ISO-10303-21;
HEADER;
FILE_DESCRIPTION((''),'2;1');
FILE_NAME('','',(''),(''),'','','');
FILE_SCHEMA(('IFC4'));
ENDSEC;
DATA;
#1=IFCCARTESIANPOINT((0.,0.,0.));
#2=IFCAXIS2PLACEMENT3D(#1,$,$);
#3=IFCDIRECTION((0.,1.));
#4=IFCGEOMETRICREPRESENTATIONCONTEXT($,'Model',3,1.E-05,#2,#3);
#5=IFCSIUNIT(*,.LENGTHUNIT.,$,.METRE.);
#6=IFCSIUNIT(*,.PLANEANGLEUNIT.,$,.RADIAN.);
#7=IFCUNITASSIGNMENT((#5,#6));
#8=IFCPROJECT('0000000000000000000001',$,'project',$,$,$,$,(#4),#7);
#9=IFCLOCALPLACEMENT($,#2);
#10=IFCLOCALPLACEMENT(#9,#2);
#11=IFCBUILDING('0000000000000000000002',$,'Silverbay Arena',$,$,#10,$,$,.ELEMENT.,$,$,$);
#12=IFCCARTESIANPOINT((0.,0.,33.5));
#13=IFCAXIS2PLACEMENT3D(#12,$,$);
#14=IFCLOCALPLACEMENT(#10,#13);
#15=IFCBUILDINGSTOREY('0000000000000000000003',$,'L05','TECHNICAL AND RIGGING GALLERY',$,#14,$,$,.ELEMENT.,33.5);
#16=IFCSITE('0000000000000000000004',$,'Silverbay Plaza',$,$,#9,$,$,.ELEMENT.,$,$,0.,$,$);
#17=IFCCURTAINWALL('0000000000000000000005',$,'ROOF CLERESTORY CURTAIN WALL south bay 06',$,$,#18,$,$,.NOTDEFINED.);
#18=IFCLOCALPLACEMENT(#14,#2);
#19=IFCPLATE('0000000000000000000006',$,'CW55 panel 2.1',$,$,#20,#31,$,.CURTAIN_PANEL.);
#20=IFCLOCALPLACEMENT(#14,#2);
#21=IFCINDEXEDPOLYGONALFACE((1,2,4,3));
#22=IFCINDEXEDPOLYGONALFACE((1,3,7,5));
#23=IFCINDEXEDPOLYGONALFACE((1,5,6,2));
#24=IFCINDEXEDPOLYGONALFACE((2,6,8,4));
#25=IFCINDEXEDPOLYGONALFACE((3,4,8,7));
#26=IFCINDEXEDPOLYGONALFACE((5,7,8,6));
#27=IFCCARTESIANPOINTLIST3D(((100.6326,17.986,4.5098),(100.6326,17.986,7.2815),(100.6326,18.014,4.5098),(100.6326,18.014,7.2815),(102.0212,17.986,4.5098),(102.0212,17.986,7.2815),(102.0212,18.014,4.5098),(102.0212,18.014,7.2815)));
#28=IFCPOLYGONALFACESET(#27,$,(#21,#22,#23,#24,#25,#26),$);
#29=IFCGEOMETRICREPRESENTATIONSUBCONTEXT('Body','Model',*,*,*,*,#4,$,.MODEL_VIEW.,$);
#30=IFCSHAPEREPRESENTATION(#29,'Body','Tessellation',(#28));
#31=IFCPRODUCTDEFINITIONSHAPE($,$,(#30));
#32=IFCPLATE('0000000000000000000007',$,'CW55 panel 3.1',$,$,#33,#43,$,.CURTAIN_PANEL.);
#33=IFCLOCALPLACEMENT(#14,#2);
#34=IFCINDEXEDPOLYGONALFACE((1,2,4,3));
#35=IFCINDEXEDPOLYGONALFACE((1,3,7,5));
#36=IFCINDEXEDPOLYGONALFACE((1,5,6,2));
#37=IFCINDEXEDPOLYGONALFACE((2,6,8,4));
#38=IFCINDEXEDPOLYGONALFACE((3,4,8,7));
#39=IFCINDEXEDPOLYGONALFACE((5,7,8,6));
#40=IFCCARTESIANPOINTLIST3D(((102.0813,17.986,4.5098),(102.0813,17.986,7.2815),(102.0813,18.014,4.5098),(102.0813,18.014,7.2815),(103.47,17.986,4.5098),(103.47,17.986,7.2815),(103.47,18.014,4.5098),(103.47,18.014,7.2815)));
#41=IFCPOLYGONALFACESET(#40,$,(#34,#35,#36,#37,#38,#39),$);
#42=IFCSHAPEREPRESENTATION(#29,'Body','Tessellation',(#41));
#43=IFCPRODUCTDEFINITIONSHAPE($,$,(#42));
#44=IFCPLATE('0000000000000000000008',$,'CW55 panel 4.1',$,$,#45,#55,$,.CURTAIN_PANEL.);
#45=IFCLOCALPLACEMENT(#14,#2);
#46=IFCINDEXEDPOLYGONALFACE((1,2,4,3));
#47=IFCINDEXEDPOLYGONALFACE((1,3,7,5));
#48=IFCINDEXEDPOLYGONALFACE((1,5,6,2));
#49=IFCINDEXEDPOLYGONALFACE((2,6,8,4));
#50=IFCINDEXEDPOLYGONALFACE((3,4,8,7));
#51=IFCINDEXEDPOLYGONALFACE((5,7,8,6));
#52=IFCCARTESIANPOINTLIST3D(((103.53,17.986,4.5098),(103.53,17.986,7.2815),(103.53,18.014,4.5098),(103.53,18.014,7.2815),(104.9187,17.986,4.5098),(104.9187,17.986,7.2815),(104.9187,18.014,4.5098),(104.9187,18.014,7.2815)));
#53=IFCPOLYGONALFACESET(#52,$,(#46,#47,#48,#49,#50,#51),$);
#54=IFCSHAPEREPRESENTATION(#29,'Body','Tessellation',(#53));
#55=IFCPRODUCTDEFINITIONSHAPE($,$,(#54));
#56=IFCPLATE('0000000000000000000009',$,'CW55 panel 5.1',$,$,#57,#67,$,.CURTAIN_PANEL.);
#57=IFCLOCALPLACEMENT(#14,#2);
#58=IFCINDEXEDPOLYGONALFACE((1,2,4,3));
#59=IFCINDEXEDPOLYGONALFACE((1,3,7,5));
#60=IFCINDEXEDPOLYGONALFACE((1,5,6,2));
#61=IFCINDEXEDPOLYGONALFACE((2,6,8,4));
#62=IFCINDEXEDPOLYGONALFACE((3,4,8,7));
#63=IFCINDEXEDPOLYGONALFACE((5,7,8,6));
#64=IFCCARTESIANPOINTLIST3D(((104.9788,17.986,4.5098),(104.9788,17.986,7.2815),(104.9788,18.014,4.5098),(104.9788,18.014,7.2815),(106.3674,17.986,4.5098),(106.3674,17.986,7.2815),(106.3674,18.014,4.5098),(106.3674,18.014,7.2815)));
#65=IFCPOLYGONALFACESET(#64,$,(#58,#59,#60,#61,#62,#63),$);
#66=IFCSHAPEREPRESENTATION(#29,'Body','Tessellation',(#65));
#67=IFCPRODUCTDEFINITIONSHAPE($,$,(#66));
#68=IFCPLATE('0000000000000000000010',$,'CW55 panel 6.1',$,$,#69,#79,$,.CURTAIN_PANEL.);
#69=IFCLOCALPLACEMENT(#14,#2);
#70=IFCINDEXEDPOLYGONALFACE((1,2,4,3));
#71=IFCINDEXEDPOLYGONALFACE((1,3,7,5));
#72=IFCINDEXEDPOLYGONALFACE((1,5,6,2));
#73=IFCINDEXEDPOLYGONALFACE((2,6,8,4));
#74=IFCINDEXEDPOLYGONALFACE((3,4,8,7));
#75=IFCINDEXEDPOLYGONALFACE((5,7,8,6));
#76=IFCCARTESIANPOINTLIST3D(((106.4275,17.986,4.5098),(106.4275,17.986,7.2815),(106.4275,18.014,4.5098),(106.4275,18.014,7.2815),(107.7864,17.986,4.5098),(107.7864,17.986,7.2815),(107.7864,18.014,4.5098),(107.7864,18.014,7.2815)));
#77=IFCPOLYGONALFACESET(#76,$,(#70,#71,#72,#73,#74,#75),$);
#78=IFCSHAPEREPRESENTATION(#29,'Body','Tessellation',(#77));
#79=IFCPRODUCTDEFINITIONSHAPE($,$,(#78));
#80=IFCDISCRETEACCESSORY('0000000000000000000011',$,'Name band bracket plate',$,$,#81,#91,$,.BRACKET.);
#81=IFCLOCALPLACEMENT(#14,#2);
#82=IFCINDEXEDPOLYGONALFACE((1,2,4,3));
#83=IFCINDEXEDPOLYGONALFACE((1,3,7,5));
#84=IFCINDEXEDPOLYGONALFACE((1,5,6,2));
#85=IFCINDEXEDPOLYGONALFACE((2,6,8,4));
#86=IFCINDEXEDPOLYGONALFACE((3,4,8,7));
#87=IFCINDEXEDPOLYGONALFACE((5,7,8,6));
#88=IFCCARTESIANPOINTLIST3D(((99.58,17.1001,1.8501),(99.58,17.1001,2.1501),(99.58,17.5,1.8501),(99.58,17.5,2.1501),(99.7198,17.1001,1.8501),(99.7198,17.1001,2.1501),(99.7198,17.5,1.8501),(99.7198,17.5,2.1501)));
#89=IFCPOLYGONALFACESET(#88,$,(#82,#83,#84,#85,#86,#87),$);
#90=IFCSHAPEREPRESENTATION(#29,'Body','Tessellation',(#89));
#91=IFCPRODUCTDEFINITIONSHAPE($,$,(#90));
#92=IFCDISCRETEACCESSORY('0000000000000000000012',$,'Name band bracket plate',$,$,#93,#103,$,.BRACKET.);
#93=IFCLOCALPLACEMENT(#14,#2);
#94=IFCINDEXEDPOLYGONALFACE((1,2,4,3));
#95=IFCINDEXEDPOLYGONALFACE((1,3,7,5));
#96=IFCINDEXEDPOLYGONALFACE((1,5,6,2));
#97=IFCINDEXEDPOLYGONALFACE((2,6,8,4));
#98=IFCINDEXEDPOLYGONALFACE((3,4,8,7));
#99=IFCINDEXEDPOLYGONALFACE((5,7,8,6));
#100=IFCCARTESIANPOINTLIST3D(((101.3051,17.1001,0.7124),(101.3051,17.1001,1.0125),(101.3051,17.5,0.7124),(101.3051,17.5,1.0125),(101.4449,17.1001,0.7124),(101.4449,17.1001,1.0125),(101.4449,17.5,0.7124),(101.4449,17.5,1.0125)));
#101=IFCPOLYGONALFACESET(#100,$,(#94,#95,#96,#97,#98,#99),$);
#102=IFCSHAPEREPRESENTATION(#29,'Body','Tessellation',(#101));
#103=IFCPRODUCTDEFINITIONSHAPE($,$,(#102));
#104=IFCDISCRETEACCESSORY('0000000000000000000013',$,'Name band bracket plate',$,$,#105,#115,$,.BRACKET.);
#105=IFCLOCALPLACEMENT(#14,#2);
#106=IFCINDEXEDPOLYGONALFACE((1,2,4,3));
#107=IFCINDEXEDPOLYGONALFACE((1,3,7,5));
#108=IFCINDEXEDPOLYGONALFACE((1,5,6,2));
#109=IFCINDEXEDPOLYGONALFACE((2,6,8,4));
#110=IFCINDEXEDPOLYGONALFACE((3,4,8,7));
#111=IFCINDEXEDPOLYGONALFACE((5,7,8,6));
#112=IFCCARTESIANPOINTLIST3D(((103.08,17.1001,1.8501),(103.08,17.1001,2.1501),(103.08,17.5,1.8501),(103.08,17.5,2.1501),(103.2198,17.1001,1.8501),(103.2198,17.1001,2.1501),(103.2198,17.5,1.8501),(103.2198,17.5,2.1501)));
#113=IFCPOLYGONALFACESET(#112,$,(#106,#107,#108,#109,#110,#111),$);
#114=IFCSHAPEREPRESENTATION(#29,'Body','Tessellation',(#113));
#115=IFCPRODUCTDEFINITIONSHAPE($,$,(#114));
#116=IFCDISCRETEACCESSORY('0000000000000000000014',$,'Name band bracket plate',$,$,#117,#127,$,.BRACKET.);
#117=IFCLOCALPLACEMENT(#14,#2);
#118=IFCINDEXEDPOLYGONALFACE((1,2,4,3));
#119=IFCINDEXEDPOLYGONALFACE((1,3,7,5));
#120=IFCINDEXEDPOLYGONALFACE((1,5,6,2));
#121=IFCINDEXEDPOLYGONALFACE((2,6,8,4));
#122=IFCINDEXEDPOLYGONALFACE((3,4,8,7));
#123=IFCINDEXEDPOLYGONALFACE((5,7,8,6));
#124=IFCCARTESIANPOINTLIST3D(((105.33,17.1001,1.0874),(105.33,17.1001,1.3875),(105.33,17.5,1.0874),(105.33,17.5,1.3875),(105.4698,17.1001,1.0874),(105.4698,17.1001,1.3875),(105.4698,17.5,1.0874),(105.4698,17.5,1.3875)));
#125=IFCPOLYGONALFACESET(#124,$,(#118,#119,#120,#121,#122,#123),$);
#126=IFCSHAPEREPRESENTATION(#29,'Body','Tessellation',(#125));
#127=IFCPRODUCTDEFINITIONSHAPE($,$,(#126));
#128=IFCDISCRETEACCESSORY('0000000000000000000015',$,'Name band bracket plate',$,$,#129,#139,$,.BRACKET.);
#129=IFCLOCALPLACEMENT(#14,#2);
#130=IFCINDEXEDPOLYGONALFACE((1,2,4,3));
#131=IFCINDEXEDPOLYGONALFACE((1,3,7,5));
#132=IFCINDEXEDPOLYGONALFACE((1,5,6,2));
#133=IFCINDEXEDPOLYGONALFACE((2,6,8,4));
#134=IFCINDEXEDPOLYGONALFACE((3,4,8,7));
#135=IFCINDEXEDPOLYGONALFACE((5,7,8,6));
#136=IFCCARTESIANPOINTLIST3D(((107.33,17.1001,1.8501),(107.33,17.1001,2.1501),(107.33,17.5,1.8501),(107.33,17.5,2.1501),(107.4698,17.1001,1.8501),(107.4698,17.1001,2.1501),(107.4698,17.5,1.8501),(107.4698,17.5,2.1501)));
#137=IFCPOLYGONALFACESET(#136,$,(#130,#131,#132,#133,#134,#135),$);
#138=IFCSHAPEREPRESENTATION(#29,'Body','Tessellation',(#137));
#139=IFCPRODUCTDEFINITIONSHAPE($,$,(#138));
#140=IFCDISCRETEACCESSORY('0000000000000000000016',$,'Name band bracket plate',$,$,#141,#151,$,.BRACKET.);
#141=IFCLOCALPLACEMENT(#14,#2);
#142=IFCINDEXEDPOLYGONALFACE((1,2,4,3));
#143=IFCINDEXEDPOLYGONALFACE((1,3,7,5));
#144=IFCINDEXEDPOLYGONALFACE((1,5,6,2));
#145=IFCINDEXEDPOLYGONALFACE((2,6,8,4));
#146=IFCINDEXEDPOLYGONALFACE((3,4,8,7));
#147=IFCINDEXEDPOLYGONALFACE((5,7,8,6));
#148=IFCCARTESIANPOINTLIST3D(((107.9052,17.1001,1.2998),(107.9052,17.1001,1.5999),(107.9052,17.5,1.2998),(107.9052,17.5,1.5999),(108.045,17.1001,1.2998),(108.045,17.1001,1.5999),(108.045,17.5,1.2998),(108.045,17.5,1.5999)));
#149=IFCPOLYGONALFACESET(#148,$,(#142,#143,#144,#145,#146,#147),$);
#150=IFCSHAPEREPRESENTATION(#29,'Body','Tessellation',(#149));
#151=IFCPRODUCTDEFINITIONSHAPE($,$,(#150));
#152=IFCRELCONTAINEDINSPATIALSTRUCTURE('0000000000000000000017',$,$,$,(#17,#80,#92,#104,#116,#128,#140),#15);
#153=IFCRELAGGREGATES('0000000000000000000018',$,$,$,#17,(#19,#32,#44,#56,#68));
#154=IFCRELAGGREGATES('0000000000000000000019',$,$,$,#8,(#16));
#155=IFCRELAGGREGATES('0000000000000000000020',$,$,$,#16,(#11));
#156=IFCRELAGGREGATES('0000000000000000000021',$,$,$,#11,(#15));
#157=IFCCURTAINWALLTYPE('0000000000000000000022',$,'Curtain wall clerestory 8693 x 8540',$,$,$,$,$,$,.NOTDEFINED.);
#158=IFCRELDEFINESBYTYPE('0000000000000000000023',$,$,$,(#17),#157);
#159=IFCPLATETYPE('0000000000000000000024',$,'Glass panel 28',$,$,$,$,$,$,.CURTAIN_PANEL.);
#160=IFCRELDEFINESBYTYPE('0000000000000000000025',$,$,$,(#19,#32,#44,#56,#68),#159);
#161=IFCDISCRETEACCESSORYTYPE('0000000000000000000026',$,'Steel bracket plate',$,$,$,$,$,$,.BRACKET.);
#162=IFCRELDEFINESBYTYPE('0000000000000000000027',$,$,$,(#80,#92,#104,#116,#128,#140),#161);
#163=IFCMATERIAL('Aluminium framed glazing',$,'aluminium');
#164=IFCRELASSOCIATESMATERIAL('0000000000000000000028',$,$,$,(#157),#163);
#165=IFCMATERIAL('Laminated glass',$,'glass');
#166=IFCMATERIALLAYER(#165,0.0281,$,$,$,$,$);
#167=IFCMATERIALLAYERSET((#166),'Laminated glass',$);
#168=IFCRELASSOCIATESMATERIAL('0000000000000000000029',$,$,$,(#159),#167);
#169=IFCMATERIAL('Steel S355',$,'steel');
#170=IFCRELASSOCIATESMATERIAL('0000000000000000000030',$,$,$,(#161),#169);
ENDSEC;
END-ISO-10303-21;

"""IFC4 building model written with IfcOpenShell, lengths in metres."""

from ifc_helpers import new_model, si_unit, direction, frame, origin, origin_2d, place, context, subcontext, project, spatial, rectangle, extrude, material, layer, layer_set, type_object, element, aggregate, save


model = new_model("IFC4")

# Units and contexts
model_context = context("Model", 3, precision=1e-05, world=origin(), true_north=direction((0.0, 1.0)))
body_context = subcontext(model_context, "Body", "Model", "MODEL_VIEW")
ifc_project = project(units=[si_unit("LENGTHUNIT", "METRE"), si_unit("PLANEANGLEUNIT", "RADIAN")], contexts=[model_context])

# Site, building, storey
site_placement = place(None, origin())
site = spatial("IfcSite", under=ifc_project, at=site_placement, Name="Silverbay Plaza", CompositionType="ELEMENT", RefElevation=0.0)
building_placement = place(site_placement, origin())
building = spatial("IfcBuilding", under=site, at=building_placement, Name="Silverbay Arena", CompositionType="ELEMENT")
storey_placement = place(building_placement, frame((0.0, 0.0, 33.5)))
storey = spatial("IfcBuildingStorey", under=building, at=storey_placement, Name="L05", Description="TECHNICAL AND RIGGING GALLERY", CompositionType="ELEMENT", Elevation=33.5)

# Curtain wall
ifc_material_1 = material(Name="Aluminium framed glazing", Category="aluminium")
curtain_wall_type = type_object("IfcCurtainWallType", Name="Curtain wall clerestory 8693 x 8540", PredefinedType="NOTDEFINED", material=ifc_material_1)
curtain_wall_placement = place(storey_placement, origin())
curtain_wall = element("IfcCurtainWall", 1, at=curtain_wall_placement, inside=storey, type_object=curtain_wall_type, Name="ROOF CLERESTORY CURTAIN WALL south bay 06", PredefinedType="NOTDEFINED")

# Plates
ifc_material_2 = material(Name="Laminated glass", Category="glass")
ifc_layer = layer(ifc_material_2, 0.0281)
ifc_layer_set = layer_set([ifc_layer], Name="Laminated glass")
plate_type = type_object("IfcPlateType", Name="Glass panel 28", PredefinedType="CURTAIN_PANEL", material=ifc_layer_set)
plate_1_placement = place(storey_placement, frame((101.3269, 18.0, 4.5098), z_axis=(0.0, 0.0, 1.0), x_axis=(1.0, 0.0, 0.0)))
plate_1 = element("IfcPlate", 2, at=plate_1_placement, type_object=plate_type, Name="CW55 panel 2.1", PredefinedType="CURTAIN_PANEL", context=body_context, shape_type="SweptSolid", body=[
    extrude(rectangle(XDim=1.3887, YDim=0.0281, at=origin_2d()), origin(), (0.0, 0.0, 1.0), 2.7717),
])
plate_2_placement = place(storey_placement, frame((102.7756, 18.0, 4.5098), z_axis=(0.0, 0.0, 1.0), x_axis=(1.0, 0.0, 0.0)))
plate_2 = element("IfcPlate", 3, at=plate_2_placement, type_object=plate_type, Name="CW55 panel 3.1", PredefinedType="CURTAIN_PANEL", context=body_context, shape_type="SweptSolid", body=[
    extrude(rectangle(XDim=1.3887, YDim=0.0281, at=origin_2d()), origin(), (0.0, 0.0, 1.0), 2.7717),
])
plate_3_placement = place(storey_placement, frame((104.2244, 18.0, 4.5098), z_axis=(0.0, 0.0, 1.0), x_axis=(1.0, 0.0, 0.0)))
plate_3 = element("IfcPlate", 4, at=plate_3_placement, type_object=plate_type, Name="CW55 panel 4.1", PredefinedType="CURTAIN_PANEL", context=body_context, shape_type="SweptSolid", body=[
    extrude(rectangle(XDim=1.3887, YDim=0.0281, at=origin_2d()), origin(), (0.0, 0.0, 1.0), 2.7717),
])
plate_4_placement = place(storey_placement, frame((105.6731, 18.0, 4.5098), z_axis=(0.0, 0.0, 1.0), x_axis=(1.0, 0.0, 0.0)))
plate_4 = element("IfcPlate", 5, at=plate_4_placement, type_object=plate_type, Name="CW55 panel 5.1", PredefinedType="CURTAIN_PANEL", context=body_context, shape_type="SweptSolid", body=[
    extrude(rectangle(XDim=1.3887, YDim=0.0281, at=origin_2d()), origin(), (0.0, 0.0, 1.0), 2.7717),
])
plate_5_placement = place(storey_placement, frame((107.1069, 18.0, 4.5098), z_axis=(0.0, 0.0, 1.0), x_axis=(1.0, 0.0, 0.0)))
plate_5 = element("IfcPlate", 6, at=plate_5_placement, type_object=plate_type, Name="CW55 panel 6.1", PredefinedType="CURTAIN_PANEL", context=body_context, shape_type="SweptSolid", body=[
    extrude(rectangle(XDim=1.3589, YDim=0.0281, at=origin_2d()), origin(), (0.0, 0.0, 1.0), 2.7717),
])
aggregate(curtain_wall, [plate_1, plate_2, plate_3, plate_4, plate_5])

# Discrete accessories
ifc_material_3 = material(Name="Steel S355", Category="steel")
discrete_accessory_type = type_object("IfcDiscreteAccessoryType", Name="Steel bracket plate", PredefinedType="BRACKET", material=ifc_material_3)
for number, where, z_axis, x_axis, name in (
    (7, (99.6499, 17.3, 1.8501), (0.0, 0.0, 1.0), (1.0, 0.0, 0.0), "Name band bracket plate"),
    (8, (101.375, 17.3, 0.7124), (0.0, 0.0, 1.0), (1.0, 0.0, 0.0), "Name band bracket plate"),
    (9, (103.1499, 17.3, 1.8501), (0.0, 0.0, 1.0), (1.0, 0.0, 0.0), "Name band bracket plate"),
    (10, (105.3999, 17.3, 1.0874), (0.0, 0.0, 1.0), (1.0, 0.0, 0.0), "Name band bracket plate"),
    (11, (107.3999, 17.3, 1.8501), (0.0, 0.0, 1.0), (1.0, 0.0, 0.0), "Name band bracket plate"),
    (12, (107.9751, 17.3, 1.2998), (0.0, 0.0, 1.0), (1.0, 0.0, 0.0), "Name band bracket plate"),
):
    element("IfcDiscreteAccessory", number, at=place(storey_placement, frame(where, z_axis=z_axis, x_axis=x_axis)), inside=storey, type_object=discrete_accessory_type, Name=name, PredefinedType="BRACKET", context=body_context, shape_type="SweptSolid", body=[
        extrude(rectangle(XDim=0.1399, YDim=0.3999, at=origin_2d()), origin(), (0.0, 0.0, 1.0), 0.3),
    ])

save(model, "model.ifc")
